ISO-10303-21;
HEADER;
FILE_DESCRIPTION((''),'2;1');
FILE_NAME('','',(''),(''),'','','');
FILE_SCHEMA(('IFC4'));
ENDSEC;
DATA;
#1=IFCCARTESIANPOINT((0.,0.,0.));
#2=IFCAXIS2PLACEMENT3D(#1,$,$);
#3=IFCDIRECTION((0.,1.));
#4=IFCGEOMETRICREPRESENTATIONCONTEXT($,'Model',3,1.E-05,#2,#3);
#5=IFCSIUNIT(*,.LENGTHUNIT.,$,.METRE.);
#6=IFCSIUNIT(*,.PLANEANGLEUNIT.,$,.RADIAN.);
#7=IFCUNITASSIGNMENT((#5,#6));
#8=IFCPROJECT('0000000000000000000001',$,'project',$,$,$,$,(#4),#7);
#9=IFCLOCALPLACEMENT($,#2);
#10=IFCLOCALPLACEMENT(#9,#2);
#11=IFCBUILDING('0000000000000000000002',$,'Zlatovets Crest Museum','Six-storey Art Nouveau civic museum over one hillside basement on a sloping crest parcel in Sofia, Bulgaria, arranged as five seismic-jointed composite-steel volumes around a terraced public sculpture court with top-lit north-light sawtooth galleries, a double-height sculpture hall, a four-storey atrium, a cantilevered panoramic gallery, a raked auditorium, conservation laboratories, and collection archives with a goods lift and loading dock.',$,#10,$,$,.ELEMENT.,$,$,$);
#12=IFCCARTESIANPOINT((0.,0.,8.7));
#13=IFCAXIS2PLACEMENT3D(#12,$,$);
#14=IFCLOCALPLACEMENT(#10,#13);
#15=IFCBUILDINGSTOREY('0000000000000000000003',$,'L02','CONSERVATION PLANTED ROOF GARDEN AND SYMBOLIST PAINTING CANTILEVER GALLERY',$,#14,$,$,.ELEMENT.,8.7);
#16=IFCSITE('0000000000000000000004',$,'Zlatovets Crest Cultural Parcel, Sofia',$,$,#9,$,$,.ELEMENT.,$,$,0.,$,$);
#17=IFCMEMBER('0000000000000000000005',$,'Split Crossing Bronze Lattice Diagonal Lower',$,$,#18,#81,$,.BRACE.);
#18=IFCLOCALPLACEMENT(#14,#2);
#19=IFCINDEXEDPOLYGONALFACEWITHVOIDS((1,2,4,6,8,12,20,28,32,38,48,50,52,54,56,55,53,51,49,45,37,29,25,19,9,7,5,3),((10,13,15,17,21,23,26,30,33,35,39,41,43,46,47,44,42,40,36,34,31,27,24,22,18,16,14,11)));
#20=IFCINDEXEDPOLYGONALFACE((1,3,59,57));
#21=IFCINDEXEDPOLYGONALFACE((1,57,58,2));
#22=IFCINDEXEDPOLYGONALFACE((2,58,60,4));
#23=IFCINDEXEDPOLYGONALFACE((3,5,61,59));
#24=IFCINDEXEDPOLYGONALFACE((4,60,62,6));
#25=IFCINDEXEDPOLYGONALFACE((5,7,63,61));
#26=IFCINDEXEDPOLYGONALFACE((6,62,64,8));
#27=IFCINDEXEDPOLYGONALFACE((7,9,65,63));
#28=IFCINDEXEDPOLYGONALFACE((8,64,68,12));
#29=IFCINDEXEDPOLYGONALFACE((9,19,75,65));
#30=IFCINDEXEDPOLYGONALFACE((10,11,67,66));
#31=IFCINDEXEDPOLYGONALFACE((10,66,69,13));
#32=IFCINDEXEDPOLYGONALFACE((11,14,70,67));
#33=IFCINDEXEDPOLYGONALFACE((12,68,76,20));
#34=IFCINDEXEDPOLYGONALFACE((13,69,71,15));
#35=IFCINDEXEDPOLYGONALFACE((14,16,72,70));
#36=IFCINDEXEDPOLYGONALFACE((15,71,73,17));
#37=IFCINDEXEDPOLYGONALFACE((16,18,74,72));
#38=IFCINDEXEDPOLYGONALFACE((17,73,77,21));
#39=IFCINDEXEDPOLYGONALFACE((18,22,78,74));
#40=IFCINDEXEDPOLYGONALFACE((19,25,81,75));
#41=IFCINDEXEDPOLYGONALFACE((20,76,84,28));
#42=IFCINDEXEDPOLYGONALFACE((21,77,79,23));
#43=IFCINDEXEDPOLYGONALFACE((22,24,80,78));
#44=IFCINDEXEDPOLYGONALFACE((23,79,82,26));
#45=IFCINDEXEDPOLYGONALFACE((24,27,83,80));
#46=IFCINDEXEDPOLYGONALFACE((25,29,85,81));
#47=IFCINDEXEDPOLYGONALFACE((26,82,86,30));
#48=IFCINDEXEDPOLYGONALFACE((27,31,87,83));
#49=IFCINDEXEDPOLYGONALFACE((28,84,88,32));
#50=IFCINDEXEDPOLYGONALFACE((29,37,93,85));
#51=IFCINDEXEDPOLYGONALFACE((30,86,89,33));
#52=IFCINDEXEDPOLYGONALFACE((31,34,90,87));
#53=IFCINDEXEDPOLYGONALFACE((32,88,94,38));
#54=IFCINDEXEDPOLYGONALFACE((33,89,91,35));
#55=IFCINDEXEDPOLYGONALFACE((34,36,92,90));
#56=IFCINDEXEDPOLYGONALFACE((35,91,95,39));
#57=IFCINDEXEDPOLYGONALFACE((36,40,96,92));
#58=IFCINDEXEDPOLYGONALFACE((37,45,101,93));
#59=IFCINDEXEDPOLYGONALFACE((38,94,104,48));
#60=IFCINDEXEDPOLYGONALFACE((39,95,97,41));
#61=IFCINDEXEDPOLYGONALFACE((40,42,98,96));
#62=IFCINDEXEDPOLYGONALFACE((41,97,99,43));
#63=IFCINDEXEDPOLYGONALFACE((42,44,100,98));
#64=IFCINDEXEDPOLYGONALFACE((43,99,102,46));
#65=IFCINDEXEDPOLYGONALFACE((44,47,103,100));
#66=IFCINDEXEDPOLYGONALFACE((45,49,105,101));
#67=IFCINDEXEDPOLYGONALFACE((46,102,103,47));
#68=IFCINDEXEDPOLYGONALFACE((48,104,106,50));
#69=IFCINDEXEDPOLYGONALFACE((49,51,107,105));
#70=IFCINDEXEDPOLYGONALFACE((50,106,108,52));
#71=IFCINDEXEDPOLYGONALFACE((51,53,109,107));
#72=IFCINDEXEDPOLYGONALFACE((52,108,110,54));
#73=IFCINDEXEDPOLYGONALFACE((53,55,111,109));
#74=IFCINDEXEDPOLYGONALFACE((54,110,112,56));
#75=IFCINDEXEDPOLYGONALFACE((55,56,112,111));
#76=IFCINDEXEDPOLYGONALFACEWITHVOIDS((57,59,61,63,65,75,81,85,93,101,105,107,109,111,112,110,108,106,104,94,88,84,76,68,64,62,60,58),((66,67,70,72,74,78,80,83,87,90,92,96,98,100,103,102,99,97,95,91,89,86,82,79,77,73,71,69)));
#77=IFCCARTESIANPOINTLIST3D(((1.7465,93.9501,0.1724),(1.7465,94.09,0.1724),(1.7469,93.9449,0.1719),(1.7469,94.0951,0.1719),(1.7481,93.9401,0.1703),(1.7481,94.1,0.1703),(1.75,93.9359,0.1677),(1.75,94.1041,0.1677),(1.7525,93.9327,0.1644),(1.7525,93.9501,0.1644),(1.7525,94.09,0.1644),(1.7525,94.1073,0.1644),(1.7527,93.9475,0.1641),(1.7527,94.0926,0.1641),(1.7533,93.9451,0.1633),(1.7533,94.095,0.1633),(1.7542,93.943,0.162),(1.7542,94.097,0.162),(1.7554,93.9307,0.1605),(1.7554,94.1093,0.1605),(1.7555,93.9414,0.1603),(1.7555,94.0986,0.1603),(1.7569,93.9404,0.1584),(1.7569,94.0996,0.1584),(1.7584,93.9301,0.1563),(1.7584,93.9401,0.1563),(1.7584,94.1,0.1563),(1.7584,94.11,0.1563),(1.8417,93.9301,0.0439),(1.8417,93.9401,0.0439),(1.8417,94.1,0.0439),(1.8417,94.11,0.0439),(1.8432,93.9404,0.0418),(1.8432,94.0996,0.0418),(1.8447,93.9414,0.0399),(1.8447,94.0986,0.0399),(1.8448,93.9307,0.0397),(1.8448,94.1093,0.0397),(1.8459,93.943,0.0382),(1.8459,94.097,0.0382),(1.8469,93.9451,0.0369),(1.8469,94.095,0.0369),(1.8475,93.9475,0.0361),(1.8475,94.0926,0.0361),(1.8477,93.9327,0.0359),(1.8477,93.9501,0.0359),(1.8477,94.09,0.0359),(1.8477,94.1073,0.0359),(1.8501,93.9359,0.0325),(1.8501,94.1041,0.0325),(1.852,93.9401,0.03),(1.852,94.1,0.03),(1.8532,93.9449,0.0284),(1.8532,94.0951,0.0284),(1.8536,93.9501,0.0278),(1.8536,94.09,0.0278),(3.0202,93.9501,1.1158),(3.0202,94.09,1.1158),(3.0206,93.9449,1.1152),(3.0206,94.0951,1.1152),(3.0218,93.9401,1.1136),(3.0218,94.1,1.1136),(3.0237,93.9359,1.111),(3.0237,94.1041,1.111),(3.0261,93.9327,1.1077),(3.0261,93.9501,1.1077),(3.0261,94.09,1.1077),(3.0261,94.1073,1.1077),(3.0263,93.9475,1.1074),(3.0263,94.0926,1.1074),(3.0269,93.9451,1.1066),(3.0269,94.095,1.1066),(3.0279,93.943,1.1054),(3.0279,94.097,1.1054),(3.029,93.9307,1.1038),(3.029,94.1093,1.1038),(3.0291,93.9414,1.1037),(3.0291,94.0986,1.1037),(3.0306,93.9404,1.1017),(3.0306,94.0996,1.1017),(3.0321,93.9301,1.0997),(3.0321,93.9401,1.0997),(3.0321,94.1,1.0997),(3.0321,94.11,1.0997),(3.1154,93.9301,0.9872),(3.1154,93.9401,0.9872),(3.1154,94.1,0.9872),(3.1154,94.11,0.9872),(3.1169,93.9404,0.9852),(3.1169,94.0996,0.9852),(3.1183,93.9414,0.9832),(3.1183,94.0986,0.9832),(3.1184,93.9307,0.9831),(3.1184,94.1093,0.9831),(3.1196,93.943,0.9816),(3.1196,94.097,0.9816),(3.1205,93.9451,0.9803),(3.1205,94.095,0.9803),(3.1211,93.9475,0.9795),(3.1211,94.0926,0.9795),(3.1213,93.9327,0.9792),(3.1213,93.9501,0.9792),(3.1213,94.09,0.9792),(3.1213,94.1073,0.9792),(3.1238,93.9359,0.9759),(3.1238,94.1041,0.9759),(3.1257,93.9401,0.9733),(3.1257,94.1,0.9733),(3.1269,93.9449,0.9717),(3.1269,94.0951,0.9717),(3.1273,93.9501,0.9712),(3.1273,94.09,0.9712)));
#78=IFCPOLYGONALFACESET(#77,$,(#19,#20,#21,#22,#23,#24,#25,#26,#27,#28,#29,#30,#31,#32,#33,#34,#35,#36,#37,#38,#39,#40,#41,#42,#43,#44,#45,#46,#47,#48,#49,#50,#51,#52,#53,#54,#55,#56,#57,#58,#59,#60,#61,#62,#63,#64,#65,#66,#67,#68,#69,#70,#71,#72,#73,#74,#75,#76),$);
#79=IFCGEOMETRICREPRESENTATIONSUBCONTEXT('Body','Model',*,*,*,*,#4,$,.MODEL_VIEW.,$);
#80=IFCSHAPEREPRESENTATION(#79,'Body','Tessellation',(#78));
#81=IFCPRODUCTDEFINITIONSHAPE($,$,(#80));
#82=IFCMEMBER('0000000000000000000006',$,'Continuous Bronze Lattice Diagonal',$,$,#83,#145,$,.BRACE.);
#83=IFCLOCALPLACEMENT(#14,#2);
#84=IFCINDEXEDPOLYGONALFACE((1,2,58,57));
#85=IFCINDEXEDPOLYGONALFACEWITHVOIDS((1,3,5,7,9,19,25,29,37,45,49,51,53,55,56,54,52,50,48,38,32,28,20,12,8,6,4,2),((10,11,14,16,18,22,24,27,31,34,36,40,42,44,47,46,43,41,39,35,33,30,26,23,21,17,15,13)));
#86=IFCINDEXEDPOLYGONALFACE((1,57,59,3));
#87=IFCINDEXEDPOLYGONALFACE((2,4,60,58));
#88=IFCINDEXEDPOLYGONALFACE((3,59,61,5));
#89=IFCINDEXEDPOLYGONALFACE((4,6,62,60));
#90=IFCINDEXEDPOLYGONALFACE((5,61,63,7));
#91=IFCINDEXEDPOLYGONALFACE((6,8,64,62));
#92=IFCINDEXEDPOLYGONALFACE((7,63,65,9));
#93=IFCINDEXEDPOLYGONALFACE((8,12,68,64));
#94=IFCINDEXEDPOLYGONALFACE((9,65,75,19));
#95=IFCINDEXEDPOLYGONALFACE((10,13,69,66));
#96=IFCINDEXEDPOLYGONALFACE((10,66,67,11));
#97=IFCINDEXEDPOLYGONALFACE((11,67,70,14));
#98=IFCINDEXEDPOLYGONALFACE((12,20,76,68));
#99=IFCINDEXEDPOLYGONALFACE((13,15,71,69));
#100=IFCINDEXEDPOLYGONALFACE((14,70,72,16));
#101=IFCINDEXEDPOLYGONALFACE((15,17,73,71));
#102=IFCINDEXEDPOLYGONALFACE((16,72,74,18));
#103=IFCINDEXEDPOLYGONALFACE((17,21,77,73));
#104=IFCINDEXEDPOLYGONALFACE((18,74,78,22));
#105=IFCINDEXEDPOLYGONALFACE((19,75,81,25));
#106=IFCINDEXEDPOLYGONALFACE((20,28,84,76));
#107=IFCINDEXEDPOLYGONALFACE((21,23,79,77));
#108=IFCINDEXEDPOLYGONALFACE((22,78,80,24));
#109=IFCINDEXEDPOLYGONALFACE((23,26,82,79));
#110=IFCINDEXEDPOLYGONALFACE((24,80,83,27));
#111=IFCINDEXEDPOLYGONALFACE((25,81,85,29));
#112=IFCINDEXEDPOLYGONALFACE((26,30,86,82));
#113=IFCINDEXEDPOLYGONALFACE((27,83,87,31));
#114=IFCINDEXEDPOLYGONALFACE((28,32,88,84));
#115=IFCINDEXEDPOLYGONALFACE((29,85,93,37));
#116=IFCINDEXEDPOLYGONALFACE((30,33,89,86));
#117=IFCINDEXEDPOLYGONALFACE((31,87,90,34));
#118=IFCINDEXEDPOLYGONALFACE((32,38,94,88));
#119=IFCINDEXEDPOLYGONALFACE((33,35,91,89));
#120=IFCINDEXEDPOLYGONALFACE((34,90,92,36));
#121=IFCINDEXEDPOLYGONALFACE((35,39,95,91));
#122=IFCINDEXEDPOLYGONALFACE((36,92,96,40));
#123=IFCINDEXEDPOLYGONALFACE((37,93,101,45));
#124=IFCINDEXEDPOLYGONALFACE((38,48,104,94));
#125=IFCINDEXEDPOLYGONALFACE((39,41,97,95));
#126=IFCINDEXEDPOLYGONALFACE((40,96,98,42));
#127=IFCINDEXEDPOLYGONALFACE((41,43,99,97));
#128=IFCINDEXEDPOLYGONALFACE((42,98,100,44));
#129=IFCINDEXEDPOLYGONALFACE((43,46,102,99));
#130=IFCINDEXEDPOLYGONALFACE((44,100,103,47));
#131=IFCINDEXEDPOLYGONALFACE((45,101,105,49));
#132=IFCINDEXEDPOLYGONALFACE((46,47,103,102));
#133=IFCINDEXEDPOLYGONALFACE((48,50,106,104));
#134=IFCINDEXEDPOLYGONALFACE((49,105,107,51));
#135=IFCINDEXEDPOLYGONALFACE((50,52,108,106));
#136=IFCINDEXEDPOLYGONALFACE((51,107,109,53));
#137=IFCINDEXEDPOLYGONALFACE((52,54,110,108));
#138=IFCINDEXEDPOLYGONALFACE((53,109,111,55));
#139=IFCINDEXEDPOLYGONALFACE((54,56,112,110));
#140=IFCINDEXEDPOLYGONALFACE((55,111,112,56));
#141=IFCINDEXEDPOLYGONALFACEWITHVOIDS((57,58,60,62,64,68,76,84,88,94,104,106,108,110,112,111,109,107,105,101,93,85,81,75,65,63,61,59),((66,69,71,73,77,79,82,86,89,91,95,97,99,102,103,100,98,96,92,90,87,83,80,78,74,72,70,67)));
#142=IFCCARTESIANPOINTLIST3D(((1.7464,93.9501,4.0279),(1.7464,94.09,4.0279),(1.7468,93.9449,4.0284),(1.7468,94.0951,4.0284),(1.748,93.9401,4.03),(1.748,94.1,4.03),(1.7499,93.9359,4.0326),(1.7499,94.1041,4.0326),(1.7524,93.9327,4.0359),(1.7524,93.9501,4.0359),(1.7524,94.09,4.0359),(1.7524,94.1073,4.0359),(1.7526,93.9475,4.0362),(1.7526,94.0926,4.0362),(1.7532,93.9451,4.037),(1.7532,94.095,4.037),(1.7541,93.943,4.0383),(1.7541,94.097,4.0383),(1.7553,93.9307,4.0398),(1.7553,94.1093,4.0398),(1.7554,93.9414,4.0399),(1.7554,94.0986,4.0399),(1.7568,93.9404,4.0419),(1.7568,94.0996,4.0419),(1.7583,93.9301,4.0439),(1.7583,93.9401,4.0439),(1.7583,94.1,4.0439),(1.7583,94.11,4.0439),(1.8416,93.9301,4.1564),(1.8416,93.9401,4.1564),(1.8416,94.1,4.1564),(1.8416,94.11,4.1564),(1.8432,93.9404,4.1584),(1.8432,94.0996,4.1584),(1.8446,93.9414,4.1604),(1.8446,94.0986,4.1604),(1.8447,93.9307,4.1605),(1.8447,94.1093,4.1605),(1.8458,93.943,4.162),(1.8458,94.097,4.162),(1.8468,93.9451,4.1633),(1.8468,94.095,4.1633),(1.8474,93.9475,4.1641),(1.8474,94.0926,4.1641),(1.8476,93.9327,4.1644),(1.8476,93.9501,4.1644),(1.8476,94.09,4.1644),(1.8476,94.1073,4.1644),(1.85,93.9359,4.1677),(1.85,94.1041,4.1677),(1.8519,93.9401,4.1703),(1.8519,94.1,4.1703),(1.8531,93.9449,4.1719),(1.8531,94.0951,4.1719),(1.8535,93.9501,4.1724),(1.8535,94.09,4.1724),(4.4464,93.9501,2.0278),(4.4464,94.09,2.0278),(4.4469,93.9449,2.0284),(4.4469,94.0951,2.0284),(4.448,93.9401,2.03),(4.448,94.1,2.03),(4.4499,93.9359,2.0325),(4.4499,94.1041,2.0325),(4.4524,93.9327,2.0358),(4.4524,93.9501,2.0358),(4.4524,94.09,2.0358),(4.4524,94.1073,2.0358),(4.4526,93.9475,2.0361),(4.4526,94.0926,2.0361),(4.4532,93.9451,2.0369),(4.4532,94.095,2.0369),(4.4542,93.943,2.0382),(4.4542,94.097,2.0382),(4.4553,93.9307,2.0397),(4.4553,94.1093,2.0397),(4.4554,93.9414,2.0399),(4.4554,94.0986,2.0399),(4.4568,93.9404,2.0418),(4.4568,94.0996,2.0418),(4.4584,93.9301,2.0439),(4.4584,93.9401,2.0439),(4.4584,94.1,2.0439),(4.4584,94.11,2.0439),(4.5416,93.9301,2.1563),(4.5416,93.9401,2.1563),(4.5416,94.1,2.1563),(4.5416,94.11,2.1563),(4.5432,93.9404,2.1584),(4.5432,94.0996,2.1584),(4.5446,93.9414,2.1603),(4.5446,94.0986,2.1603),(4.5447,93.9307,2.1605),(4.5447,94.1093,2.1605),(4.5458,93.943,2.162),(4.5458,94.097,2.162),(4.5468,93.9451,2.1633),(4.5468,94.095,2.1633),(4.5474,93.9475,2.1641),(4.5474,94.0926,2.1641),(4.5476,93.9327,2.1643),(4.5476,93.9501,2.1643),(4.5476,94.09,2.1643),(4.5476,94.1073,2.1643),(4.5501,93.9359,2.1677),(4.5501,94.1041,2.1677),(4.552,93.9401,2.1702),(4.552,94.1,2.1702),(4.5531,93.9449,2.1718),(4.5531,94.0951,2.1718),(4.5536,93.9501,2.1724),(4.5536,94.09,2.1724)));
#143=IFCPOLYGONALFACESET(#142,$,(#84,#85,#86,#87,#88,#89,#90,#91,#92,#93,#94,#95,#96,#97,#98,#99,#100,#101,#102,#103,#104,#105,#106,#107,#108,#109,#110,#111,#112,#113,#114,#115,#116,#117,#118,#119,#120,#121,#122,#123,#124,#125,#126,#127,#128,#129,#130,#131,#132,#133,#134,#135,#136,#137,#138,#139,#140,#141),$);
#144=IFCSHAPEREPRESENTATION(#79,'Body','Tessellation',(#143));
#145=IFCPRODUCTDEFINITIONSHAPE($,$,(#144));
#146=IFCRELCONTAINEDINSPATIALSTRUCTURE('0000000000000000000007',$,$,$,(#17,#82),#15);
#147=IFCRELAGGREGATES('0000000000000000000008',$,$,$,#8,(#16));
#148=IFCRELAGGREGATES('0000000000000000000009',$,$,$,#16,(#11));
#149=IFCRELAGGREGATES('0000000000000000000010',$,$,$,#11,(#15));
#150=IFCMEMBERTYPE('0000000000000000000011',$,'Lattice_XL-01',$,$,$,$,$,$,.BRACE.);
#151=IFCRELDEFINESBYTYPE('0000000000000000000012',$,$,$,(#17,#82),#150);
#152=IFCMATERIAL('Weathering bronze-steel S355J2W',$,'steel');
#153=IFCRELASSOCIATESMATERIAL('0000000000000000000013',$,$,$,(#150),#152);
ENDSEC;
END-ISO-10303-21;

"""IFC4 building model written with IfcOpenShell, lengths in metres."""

from ifc_helpers import new_model, si_unit, direction, frame, origin, origin_2d, place, context, subcontext, project, spatial, hollow_rectangle, extrude, material, material_profile, profile_set, type_object, element, save


model = new_model("IFC4")

# Units and contexts
model_context = context("Model", 3, precision=1e-05, world=origin(), true_north=direction((0.0, 1.0)))
body_context = subcontext(model_context, "Body", "Model", "MODEL_VIEW")
ifc_project = project(units=[si_unit("LENGTHUNIT", "METRE"), si_unit("PLANEANGLEUNIT", "RADIAN")], contexts=[model_context])

# Site, building, storey
site_placement = place(None, origin())
site = spatial("IfcSite", under=ifc_project, at=site_placement, Name="Zlatovets Crest Cultural Parcel, Sofia", CompositionType="ELEMENT", RefElevation=0.0)
building_placement = place(site_placement, origin())
building = spatial("IfcBuilding", under=site, at=building_placement, Name="Zlatovets Crest Museum", Description="Six-storey Art Nouveau civic museum over one hillside basement on a sloping crest parcel in Sofia, Bulgaria, arranged as five seismic-jointed composite-steel volumes around a terraced public sculpture court with top-lit north-light sawtooth galleries, a double-height sculpture hall, a four-storey atrium, a cantilevered panoramic gallery, a raked auditorium, conservation laboratories, and collection archives with a goods lift and loading dock.", CompositionType="ELEMENT")
storey_placement = place(building_placement, frame((0.0, 0.0, 8.7)))
storey = spatial("IfcBuildingStorey", under=building, at=storey_placement, Name="L02", Description="CONSERVATION PLANTED ROOF GARDEN AND SYMBOLIST PAINTING CANTILEVER GALLERY", CompositionType="ELEMENT", Elevation=8.7)

# Members
ifc_material_1 = material(Name="Weathering bronze-steel S355J2W", Category="steel")
ifc_material_profile_1 = material_profile(ifc_material_1, hollow_rectangle(XDim=0.1799, YDim=0.1799, WallThickness=0.01, InnerFilletRadius=0.01, OuterFilletRadius=0.02, at=origin_2d()), Name="SHS 180x180x10.0")
ifc_profile_set_1 = profile_set([ifc_material_profile_1], Name="Weathering bronze-steel S355J2W")
member_type_1 = type_object("IfcMemberType", Name="Lattice_XL-01", PredefinedType="BRACE", material=ifc_profile_set_1)
member_1_placement = place(storey_placement, frame((3.0737, 94.02, 1.0435), z_axis=(-0.80359, 0.0, -0.595183), x_axis=(0.0, -1.0, 0.0)))
element("IfcMember", 1, at=member_1_placement, inside=storey, type_object=member_type_1, Name="Split Crossing Bronze Lattice Diagonal Lower", PredefinedType="BRACE", context=body_context, shape_type="SweptSolid", body=[
    extrude(hollow_rectangle(XDim=0.1799, YDim=0.1799, WallThickness=0.01, InnerFilletRadius=0.01, OuterFilletRadius=0.02, at=origin_2d()), origin(), (0.0, 0.0, 1.0), 1.585),
])
member_2_placement = place(storey_placement, frame((4.5, 94.02, 2.1001), z_axis=(-0.803552, 0.0, 0.595235), x_axis=(0.0, -1.0, 0.0)))
element("IfcMember", 2, at=member_2_placement, inside=storey, type_object=member_type_1, Name="Continuous Bronze Lattice Diagonal", PredefinedType="BRACE", context=body_context, shape_type="SweptSolid", body=[
    extrude(hollow_rectangle(XDim=0.1799, YDim=0.1799, WallThickness=0.01, InnerFilletRadius=0.01, OuterFilletRadius=0.02, at=origin_2d()), origin(), (0.0, 0.0, 1.0), 3.3601),
])

save(model, "model.ifc")
